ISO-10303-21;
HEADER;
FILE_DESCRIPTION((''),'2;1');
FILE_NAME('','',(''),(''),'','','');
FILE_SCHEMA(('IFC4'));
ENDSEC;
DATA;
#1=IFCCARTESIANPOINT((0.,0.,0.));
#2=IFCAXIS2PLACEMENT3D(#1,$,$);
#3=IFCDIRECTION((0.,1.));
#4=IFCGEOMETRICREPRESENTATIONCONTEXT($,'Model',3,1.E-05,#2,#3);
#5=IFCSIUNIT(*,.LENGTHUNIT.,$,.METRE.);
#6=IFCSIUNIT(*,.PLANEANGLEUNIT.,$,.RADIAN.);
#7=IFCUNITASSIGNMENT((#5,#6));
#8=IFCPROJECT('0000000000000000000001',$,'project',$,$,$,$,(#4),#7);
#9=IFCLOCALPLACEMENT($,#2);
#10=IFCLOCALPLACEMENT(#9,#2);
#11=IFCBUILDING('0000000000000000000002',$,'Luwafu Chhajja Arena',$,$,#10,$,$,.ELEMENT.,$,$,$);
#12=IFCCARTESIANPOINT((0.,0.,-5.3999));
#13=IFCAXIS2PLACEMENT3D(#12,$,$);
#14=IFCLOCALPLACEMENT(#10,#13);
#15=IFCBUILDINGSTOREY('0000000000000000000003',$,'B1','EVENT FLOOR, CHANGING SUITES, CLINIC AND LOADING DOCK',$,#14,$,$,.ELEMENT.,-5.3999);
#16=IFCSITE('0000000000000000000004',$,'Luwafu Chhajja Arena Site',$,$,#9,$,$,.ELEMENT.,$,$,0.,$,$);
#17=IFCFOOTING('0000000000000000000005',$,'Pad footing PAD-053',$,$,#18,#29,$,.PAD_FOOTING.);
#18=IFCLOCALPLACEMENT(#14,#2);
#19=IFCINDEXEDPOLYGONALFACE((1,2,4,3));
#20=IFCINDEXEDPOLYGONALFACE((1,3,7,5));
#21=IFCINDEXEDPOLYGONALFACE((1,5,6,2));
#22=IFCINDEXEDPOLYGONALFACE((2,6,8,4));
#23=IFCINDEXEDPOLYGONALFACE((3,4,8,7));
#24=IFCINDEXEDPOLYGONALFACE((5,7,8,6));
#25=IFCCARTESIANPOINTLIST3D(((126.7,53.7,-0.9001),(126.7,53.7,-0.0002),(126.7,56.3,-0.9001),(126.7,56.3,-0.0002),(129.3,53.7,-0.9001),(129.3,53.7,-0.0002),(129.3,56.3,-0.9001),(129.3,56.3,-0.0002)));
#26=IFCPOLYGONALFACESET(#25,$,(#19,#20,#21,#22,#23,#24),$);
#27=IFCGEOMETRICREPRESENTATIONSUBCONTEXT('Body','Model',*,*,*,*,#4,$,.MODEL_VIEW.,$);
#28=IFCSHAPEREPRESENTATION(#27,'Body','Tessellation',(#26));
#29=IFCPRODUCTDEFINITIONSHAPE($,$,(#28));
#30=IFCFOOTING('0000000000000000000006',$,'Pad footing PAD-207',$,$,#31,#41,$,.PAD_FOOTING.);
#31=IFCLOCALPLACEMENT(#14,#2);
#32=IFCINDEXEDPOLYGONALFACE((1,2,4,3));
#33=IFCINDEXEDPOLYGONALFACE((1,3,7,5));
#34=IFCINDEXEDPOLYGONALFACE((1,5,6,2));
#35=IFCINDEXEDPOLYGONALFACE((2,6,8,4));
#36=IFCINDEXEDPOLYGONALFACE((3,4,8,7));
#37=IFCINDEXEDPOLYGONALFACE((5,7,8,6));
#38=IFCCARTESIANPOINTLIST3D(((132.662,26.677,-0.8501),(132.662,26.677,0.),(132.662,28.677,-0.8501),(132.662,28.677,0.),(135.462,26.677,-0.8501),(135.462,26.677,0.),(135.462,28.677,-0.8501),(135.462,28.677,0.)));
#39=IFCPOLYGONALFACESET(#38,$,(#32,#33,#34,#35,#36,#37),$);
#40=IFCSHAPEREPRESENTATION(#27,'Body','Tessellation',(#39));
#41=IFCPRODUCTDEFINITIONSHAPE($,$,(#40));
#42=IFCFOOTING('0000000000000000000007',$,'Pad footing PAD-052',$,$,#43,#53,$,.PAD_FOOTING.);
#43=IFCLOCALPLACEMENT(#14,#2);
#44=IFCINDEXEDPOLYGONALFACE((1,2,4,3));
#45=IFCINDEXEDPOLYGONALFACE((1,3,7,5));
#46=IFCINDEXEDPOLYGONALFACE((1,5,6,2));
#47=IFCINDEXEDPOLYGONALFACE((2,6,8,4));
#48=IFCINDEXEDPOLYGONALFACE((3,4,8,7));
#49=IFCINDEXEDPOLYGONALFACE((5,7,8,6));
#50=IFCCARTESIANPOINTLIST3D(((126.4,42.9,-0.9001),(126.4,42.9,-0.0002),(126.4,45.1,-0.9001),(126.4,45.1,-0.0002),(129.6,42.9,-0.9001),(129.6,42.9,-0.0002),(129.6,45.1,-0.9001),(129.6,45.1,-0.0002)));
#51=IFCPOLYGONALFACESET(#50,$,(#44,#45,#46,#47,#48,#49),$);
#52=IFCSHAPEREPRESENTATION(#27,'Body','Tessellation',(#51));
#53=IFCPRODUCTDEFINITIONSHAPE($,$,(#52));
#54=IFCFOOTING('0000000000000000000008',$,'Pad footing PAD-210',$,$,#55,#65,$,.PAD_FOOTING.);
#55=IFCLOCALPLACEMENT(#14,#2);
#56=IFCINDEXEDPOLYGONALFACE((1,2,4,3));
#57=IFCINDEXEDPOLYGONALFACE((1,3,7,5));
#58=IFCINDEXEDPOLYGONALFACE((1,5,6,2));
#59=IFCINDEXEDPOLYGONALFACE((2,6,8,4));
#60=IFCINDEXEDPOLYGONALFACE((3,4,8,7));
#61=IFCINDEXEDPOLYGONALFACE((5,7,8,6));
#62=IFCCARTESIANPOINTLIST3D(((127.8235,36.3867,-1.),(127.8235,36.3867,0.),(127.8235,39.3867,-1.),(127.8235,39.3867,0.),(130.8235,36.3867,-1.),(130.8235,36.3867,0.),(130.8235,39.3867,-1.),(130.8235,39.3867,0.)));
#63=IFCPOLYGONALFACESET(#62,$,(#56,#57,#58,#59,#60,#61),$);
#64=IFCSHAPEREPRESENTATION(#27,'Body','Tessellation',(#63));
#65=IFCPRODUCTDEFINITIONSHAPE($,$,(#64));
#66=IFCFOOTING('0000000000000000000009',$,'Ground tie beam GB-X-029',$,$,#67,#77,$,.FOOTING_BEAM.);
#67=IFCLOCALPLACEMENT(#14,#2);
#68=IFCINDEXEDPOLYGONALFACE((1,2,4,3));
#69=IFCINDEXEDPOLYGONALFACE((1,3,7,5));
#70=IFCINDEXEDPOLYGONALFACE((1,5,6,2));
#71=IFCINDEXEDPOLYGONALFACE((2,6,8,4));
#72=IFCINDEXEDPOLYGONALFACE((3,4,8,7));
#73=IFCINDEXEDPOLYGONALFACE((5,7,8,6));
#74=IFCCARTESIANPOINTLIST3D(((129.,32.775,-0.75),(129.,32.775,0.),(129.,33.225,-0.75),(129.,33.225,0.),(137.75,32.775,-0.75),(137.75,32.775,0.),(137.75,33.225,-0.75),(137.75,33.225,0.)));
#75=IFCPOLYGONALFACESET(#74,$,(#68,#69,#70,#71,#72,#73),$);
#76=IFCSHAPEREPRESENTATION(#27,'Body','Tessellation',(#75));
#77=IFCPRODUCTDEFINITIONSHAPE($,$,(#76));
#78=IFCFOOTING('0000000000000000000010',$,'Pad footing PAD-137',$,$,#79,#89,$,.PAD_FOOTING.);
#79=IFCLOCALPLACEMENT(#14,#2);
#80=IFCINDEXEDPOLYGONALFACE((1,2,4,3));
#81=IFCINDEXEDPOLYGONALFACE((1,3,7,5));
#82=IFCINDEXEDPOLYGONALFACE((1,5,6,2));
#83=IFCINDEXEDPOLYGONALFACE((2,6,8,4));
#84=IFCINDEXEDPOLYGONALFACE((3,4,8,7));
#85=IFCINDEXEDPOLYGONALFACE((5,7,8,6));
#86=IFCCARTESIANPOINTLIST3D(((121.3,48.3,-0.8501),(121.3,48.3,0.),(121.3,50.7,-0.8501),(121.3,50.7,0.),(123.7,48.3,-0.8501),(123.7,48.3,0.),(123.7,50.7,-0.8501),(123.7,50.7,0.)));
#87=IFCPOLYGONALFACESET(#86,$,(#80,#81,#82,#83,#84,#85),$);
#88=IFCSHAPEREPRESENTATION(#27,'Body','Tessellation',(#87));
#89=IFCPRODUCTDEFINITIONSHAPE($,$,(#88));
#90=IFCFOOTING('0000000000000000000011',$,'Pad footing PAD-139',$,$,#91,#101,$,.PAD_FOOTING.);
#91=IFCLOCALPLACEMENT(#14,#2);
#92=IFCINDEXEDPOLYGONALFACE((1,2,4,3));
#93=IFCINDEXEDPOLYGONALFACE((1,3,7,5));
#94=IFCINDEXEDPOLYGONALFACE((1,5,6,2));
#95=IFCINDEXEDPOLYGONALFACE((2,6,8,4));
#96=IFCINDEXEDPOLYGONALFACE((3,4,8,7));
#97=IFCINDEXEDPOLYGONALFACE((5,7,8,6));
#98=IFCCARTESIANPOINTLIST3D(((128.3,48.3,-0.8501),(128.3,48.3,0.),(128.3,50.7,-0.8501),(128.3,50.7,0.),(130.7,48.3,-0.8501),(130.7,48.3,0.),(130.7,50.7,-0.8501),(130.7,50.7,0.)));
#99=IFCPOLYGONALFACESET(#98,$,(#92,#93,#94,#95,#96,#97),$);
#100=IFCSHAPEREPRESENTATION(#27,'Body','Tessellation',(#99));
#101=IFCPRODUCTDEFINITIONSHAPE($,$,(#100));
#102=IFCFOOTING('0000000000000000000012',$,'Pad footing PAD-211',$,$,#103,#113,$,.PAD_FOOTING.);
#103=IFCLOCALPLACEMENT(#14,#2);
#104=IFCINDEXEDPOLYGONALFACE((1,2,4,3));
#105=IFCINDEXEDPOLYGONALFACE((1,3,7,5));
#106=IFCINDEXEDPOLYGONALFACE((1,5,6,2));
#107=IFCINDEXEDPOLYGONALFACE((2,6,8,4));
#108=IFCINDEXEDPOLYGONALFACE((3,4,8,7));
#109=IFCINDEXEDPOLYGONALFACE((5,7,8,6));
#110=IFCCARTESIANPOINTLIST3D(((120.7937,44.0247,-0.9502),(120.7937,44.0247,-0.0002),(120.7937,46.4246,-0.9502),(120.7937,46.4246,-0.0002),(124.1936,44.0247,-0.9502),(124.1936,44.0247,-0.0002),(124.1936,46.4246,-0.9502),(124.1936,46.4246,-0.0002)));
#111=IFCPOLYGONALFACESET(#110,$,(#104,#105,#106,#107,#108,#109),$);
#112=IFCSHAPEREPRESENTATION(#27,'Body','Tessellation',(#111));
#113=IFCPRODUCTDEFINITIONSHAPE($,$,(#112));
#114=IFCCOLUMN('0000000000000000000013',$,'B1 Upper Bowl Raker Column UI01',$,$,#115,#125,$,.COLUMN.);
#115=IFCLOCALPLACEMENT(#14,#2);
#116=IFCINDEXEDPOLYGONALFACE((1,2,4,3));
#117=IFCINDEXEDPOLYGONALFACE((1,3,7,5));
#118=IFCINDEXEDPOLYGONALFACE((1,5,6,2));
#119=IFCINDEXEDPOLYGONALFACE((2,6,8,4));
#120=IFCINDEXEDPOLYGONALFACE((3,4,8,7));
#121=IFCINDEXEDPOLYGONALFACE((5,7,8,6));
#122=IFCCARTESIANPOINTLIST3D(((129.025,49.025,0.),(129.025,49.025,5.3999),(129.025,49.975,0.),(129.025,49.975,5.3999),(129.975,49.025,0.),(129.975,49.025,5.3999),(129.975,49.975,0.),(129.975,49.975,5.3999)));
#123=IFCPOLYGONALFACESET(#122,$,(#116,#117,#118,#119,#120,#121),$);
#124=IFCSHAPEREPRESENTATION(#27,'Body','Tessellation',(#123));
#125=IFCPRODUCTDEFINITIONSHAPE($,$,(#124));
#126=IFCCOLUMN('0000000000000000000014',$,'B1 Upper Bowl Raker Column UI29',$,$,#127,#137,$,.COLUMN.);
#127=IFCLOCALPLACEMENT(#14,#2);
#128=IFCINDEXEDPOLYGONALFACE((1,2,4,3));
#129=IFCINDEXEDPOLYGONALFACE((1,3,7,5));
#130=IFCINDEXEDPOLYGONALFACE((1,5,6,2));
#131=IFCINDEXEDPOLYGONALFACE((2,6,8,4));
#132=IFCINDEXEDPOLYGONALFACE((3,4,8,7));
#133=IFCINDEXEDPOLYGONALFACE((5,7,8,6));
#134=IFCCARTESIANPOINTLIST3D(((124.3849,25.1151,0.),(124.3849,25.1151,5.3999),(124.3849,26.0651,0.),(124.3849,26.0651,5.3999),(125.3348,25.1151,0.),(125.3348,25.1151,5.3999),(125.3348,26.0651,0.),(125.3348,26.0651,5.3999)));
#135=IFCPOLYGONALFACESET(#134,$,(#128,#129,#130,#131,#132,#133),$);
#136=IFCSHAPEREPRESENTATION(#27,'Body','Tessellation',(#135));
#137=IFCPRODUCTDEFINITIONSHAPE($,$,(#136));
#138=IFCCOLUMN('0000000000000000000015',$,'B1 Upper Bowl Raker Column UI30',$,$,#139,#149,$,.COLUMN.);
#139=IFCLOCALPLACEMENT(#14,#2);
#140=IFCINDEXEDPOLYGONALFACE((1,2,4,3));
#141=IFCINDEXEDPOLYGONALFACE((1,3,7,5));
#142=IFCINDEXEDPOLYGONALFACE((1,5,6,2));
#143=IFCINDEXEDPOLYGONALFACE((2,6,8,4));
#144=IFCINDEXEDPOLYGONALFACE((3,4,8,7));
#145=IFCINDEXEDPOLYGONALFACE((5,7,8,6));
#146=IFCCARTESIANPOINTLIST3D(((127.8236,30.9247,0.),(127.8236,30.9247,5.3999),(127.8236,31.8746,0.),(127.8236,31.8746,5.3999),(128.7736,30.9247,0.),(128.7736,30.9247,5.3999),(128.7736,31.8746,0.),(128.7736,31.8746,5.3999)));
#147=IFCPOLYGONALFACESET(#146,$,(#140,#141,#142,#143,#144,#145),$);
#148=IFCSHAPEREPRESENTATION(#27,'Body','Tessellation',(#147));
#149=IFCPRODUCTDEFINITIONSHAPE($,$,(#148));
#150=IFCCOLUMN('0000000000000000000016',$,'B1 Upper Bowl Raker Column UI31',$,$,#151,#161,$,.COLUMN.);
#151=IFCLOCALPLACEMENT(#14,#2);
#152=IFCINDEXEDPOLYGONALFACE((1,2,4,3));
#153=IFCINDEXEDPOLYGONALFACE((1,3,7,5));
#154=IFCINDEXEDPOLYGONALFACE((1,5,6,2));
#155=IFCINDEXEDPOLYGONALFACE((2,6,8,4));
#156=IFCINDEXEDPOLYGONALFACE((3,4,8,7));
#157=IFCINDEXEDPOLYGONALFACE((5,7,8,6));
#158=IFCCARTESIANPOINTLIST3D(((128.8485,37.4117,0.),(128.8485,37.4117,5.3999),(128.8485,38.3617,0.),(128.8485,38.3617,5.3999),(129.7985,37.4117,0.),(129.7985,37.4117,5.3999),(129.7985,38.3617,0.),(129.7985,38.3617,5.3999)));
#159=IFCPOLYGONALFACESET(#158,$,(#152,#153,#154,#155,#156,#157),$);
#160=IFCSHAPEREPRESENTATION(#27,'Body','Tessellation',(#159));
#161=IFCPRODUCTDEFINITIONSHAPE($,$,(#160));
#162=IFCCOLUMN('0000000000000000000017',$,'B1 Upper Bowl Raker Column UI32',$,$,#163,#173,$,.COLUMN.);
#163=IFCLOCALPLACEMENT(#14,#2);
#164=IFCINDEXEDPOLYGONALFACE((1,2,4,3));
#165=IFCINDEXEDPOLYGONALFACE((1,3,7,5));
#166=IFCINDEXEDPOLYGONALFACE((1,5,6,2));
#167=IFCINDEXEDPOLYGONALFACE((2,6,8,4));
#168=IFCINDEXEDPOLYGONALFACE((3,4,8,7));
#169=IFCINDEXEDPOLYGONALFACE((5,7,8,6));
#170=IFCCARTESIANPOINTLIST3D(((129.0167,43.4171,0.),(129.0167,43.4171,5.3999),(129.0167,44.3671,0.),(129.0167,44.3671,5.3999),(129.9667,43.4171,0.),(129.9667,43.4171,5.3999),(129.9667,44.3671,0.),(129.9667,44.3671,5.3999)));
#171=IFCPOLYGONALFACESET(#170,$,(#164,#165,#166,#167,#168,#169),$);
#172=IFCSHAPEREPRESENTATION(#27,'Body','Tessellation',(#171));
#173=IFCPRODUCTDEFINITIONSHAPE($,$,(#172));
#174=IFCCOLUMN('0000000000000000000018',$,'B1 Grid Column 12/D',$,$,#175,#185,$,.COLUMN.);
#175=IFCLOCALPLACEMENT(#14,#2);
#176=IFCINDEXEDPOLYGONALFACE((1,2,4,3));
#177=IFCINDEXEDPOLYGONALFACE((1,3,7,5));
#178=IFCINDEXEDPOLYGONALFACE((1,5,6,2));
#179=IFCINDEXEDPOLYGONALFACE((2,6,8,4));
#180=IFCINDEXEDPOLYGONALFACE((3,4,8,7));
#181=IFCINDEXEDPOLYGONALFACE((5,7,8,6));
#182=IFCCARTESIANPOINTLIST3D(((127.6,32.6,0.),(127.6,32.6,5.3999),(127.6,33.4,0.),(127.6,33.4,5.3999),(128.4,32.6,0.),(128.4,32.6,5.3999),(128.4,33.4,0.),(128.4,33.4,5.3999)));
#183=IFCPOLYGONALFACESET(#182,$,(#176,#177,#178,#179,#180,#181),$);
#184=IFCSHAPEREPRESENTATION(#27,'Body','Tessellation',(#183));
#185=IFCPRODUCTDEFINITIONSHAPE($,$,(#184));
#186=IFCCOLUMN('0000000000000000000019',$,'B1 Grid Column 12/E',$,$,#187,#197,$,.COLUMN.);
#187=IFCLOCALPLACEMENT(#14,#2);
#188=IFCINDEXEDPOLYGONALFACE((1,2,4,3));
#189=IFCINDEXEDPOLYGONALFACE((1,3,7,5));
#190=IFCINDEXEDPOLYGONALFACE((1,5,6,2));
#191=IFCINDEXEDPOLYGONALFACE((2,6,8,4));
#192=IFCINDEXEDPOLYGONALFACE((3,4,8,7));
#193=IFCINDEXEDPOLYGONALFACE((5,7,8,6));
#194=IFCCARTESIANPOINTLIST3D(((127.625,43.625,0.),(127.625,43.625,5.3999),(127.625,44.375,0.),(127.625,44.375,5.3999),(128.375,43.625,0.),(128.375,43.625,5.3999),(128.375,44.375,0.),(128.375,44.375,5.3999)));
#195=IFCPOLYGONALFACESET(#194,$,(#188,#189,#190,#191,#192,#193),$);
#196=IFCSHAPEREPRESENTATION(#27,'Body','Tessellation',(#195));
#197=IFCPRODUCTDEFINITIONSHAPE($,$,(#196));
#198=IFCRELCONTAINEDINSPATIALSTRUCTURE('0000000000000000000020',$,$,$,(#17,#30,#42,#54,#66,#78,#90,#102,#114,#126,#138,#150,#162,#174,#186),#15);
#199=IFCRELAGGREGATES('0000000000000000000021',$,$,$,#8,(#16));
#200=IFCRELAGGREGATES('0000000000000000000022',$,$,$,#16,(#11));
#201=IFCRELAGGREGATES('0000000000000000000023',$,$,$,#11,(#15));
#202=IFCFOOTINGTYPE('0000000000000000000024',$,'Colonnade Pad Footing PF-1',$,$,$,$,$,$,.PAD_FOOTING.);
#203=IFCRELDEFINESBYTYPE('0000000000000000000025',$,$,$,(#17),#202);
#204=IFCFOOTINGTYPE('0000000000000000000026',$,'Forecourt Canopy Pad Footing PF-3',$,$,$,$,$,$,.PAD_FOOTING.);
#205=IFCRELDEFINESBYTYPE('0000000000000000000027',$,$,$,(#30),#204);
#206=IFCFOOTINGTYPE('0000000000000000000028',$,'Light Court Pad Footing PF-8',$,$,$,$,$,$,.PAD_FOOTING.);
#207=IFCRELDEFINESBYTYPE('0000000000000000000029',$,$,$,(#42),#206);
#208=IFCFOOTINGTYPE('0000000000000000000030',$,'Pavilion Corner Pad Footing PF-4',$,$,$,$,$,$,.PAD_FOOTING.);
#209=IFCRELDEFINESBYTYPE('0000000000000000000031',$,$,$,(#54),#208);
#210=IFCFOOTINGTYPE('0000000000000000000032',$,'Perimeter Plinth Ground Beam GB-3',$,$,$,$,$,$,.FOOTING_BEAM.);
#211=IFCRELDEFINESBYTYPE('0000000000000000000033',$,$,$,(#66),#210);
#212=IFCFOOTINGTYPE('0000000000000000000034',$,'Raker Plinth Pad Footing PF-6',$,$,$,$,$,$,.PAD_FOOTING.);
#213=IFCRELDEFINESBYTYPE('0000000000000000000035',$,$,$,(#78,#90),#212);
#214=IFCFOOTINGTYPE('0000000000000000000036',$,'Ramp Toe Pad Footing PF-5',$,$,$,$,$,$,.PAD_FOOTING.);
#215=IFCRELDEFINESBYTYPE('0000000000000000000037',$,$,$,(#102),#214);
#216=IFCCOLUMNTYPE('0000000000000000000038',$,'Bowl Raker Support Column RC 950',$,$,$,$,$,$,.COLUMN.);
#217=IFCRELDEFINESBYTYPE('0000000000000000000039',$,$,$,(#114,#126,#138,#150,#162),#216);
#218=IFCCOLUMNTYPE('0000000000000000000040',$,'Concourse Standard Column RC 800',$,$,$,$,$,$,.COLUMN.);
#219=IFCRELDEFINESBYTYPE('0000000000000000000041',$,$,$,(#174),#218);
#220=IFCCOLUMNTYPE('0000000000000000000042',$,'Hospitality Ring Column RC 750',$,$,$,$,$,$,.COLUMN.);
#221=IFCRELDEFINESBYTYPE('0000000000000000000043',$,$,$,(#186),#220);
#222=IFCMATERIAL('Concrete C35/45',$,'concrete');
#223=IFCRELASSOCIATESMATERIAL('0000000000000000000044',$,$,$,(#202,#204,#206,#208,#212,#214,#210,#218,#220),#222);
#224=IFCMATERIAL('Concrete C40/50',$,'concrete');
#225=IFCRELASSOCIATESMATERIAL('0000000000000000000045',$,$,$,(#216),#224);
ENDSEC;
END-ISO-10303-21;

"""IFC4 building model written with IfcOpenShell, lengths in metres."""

from ifc_helpers import new_model, si_unit, direction, frame, origin, origin_2d, place, context, subcontext, project, spatial, rectangle, extrude, material, material_profile, profile_set, type_object, element, save


model = new_model("IFC4")

# Units and contexts
model_context = context("Model", 3, precision=1e-05, world=origin(), true_north=direction((0.0, 1.0)))
body_context = subcontext(model_context, "Body", "Model", "MODEL_VIEW")
ifc_project = project(units=[si_unit("LENGTHUNIT", "METRE"), si_unit("PLANEANGLEUNIT", "RADIAN")], contexts=[model_context])

# Site, building, storey
site_placement = place(None, origin())
site = spatial("IfcSite", under=ifc_project, at=site_placement, Name="Luwafu Chhajja Arena Site", CompositionType="ELEMENT", RefElevation=0.0)
building_placement = place(site_placement, origin())
building = spatial("IfcBuilding", under=site, at=building_placement, Name="Luwafu Chhajja Arena", CompositionType="ELEMENT")
storey_placement = place(building_placement, frame((0.0, 0.0, -5.3999)))
storey = spatial("IfcBuildingStorey", under=building, at=storey_placement, Name="B1", Description="EVENT FLOOR, CHANGING SUITES, CLINIC AND LOADING DOCK", CompositionType="ELEMENT", Elevation=-5.3999)

# Shared definitions
ifc_material_1 = material(Name="Concrete C35/45", Category="concrete")

# Footings
footing_type_1 = type_object("IfcFootingType", Name="Colonnade Pad Footing PF-1", PredefinedType="PAD_FOOTING", material=ifc_material_1)
footing_1_placement = place(storey_placement, frame((128.0, 55.0, -0.9001), z_axis=(0.0, 0.0, 1.0), x_axis=(1.0, 0.0, 0.0)))
element("IfcFooting", 1, at=footing_1_placement, inside=storey, type_object=footing_type_1, Name="Pad footing PAD-053", PredefinedType="PAD_FOOTING", context=body_context, shape_type="SweptSolid", body=[
    extrude(rectangle(XDim=2.6001, YDim=2.6001, at=origin_2d()), origin(), (0.0, 0.0, 1.0), 0.8999),
])
footing_type_2 = type_object("IfcFootingType", Name="Forecourt Canopy Pad Footing PF-3", PredefinedType="PAD_FOOTING", material=ifc_material_1)
footing_2_placement = place(storey_placement, frame((134.062, 27.677, -0.8501), z_axis=(0.0, 0.0, 1.0), x_axis=(1.0, 0.0, 0.0)))
element("IfcFooting", 2, at=footing_2_placement, inside=storey, type_object=footing_type_2, Name="Pad footing PAD-207", PredefinedType="PAD_FOOTING", context=body_context, shape_type="SweptSolid", body=[
    extrude(rectangle(XDim=2.8, YDim=2.0, at=origin_2d()), origin(), (0.0, 0.0, 1.0), 0.8501),
])
footing_type_3 = type_object("IfcFootingType", Name="Light Court Pad Footing PF-8", PredefinedType="PAD_FOOTING", material=ifc_material_1)
footing_3_placement = place(storey_placement, frame((128.0, 44.0, -0.9001), z_axis=(0.0, 0.0, 1.0), x_axis=(1.0, 0.0, 0.0)))
element("IfcFooting", 3, at=footing_3_placement, inside=storey, type_object=footing_type_3, Name="Pad footing PAD-052", PredefinedType="PAD_FOOTING", context=body_context, shape_type="SweptSolid", body=[
    extrude(rectangle(XDim=3.2, YDim=2.2, at=origin_2d()), origin(), (0.0, 0.0, 1.0), 0.8999),
])
footing_type_4 = type_object("IfcFootingType", Name="Pavilion Corner Pad Footing PF-4", PredefinedType="PAD_FOOTING", material=ifc_material_1)
footing_4_placement = place(storey_placement, frame((129.3235, 37.8867, -1.0), z_axis=(0.0, 0.0, 1.0), x_axis=(1.0, 0.0, 0.0)))
element("IfcFooting", 4, at=footing_4_placement, inside=storey, type_object=footing_type_4, Name="Pad footing PAD-210", PredefinedType="PAD_FOOTING", context=body_context, shape_type="SweptSolid", body=[
    extrude(rectangle(XDim=3.0, YDim=3.0, at=origin_2d()), origin(), (0.0, 0.0, 1.0), 1.0),
])
ifc_material_profile_1 = material_profile(ifc_material_1, rectangle(XDim=0.45, YDim=0.75, at=origin_2d()), Name="RC 450x750")
ifc_profile_set_1 = profile_set([ifc_material_profile_1], Name="Concrete C35/45")
footing_type_5 = type_object("IfcFootingType", Name="Perimeter Plinth Ground Beam GB-3", PredefinedType="FOOTING_BEAM", material=ifc_profile_set_1)
footing_5_placement = place(storey_placement, frame((129.0, 33.0, -0.375), z_axis=(1.0, 0.0, 0.0), x_axis=(0.0, 1.0, 0.0)))
element("IfcFooting", 5, at=footing_5_placement, inside=storey, type_object=footing_type_5, Name="Ground tie beam GB-X-029", PredefinedType="FOOTING_BEAM", context=body_context, shape_type="SweptSolid", body=[
    extrude(rectangle(XDim=0.45, YDim=0.75, at=origin_2d()), origin(), (0.0, 0.0, 1.0), 8.75),
])
footing_type_6 = type_object("IfcFootingType", Name="Raker Plinth Pad Footing PF-6", PredefinedType="PAD_FOOTING", material=ifc_material_1)
for number, where, z_axis, x_axis, name in (
    (6, (122.5, 49.5, -0.8501), (0.0, 0.0, 1.0), (1.0, 0.0, 0.0), "Pad footing PAD-137"),
    (7, (129.5, 49.5, -0.8501), (0.0, 0.0, 1.0), (1.0, 0.0, 0.0), "Pad footing PAD-139"),
):
    element("IfcFooting", number, at=place(storey_placement, frame(where, z_axis=z_axis, x_axis=x_axis)), inside=storey, type_object=footing_type_6, Name=name, PredefinedType="PAD_FOOTING", context=body_context, shape_type="SweptSolid", body=[
        extrude(rectangle(XDim=2.3999, YDim=2.3999, at=origin_2d()), origin(), (0.0, 0.0, 1.0), 0.8501),
    ])
footing_type_7 = type_object("IfcFootingType", Name="Ramp Toe Pad Footing PF-5", PredefinedType="PAD_FOOTING", material=ifc_material_1)
footing_6_placement = place(storey_placement, frame((122.4937, 45.2246, -0.9502), z_axis=(0.0, 0.0, 1.0), x_axis=(1.0, 0.0, 0.0)))
element("IfcFooting", 8, at=footing_6_placement, inside=storey, type_object=footing_type_7, Name="Pad footing PAD-211", PredefinedType="PAD_FOOTING", context=body_context, shape_type="SweptSolid", body=[
    extrude(rectangle(XDim=3.3999, YDim=2.3999, at=origin_2d()), origin(), (0.0, 0.0, 1.0), 0.95),
])

# Columns
ifc_material_2 = material(Name="Concrete C40/50", Category="concrete")
ifc_material_profile_2 = material_profile(ifc_material_2, rectangle(XDim=0.95, YDim=0.95, at=origin_2d()), Name="RC 950x950")
ifc_profile_set_2 = profile_set([ifc_material_profile_2], Name="Concrete C40/50")
column_type_1 = type_object("IfcColumnType", Name="Bowl Raker Support Column RC 950", PredefinedType="COLUMN", material=ifc_profile_set_2)
for number, where, z_axis, x_axis, name in (
    (9, (129.5, 49.5, 0.0), (0.0, 0.0, 1.0), (1.0, 0.0, 0.0), "B1 Upper Bowl Raker Column UI01"),
    (10, (124.8599, 25.5901, 0.0), (0.0, 0.0, 1.0), (1.0, 0.0, 0.0), "B1 Upper Bowl Raker Column UI29"),
    (11, (128.2986, 31.3997, 0.0), (0.0, 0.0, 1.0), (1.0, 0.0, 0.0), "B1 Upper Bowl Raker Column UI30"),
    (12, (129.3235, 37.8867, 0.0), (0.0, 0.0, 1.0), (1.0, 0.0, 0.0), "B1 Upper Bowl Raker Column UI31"),
    (13, (129.4917, 43.8921, 0.0), (0.0, 0.0, 1.0), (1.0, 0.0, 0.0), "B1 Upper Bowl Raker Column UI32"),
):
    element("IfcColumn", number, at=place(storey_placement, frame(where, z_axis=z_axis, x_axis=x_axis)), inside=storey, type_object=column_type_1, Name=name, PredefinedType="COLUMN", context=body_context, shape_type="SweptSolid", body=[
        extrude(rectangle(XDim=0.95, YDim=0.95, at=origin_2d()), origin(), (0.0, 0.0, 1.0), 5.3999),
    ])
ifc_material_profile_3 = material_profile(ifc_material_1, rectangle(XDim=0.8, YDim=0.8, at=origin_2d()), Name="RC 800x800")
ifc_profile_set_3 = profile_set([ifc_material_profile_3], Name="Concrete C35/45")
column_type_2 = type_object("IfcColumnType", Name="Concourse Standard Column RC 800", PredefinedType="COLUMN", material=ifc_profile_set_3)
column_1_placement = place(storey_placement, frame((128.0, 33.0, 0.0), z_axis=(0.0, 0.0, 1.0), x_axis=(1.0, 0.0, 0.0)))
element("IfcColumn", 14, at=column_1_placement, inside=storey, type_object=column_type_2, Name="B1 Grid Column 12/D", PredefinedType="COLUMN", context=body_context, shape_type="SweptSolid", body=[
    extrude(rectangle(XDim=0.8, YDim=0.8, at=origin_2d()), origin(), (0.0, 0.0, 1.0), 5.3999),
])
ifc_material_profile_4 = material_profile(ifc_material_1, rectangle(XDim=0.75, YDim=0.75, at=origin_2d()), Name="RC 750x750")
ifc_profile_set_4 = profile_set([ifc_material_profile_4], Name="Concrete C35/45")
column_type_3 = type_object("IfcColumnType", Name="Hospitality Ring Column RC 750", PredefinedType="COLUMN", material=ifc_profile_set_4)
column_2_placement = place(storey_placement, frame((128.0, 44.0, 0.0), z_axis=(0.0, 0.0, 1.0), x_axis=(1.0, 0.0, 0.0)))
element("IfcColumn", 15, at=column_2_placement, inside=storey, type_object=column_type_3, Name="B1 Grid Column 12/E", PredefinedType="COLUMN", context=body_context, shape_type="SweptSolid", body=[
    extrude(rectangle(XDim=0.75, YDim=0.75, at=origin_2d()), origin(), (0.0, 0.0, 1.0), 5.3999),
])

save(model, "model.ifc")
